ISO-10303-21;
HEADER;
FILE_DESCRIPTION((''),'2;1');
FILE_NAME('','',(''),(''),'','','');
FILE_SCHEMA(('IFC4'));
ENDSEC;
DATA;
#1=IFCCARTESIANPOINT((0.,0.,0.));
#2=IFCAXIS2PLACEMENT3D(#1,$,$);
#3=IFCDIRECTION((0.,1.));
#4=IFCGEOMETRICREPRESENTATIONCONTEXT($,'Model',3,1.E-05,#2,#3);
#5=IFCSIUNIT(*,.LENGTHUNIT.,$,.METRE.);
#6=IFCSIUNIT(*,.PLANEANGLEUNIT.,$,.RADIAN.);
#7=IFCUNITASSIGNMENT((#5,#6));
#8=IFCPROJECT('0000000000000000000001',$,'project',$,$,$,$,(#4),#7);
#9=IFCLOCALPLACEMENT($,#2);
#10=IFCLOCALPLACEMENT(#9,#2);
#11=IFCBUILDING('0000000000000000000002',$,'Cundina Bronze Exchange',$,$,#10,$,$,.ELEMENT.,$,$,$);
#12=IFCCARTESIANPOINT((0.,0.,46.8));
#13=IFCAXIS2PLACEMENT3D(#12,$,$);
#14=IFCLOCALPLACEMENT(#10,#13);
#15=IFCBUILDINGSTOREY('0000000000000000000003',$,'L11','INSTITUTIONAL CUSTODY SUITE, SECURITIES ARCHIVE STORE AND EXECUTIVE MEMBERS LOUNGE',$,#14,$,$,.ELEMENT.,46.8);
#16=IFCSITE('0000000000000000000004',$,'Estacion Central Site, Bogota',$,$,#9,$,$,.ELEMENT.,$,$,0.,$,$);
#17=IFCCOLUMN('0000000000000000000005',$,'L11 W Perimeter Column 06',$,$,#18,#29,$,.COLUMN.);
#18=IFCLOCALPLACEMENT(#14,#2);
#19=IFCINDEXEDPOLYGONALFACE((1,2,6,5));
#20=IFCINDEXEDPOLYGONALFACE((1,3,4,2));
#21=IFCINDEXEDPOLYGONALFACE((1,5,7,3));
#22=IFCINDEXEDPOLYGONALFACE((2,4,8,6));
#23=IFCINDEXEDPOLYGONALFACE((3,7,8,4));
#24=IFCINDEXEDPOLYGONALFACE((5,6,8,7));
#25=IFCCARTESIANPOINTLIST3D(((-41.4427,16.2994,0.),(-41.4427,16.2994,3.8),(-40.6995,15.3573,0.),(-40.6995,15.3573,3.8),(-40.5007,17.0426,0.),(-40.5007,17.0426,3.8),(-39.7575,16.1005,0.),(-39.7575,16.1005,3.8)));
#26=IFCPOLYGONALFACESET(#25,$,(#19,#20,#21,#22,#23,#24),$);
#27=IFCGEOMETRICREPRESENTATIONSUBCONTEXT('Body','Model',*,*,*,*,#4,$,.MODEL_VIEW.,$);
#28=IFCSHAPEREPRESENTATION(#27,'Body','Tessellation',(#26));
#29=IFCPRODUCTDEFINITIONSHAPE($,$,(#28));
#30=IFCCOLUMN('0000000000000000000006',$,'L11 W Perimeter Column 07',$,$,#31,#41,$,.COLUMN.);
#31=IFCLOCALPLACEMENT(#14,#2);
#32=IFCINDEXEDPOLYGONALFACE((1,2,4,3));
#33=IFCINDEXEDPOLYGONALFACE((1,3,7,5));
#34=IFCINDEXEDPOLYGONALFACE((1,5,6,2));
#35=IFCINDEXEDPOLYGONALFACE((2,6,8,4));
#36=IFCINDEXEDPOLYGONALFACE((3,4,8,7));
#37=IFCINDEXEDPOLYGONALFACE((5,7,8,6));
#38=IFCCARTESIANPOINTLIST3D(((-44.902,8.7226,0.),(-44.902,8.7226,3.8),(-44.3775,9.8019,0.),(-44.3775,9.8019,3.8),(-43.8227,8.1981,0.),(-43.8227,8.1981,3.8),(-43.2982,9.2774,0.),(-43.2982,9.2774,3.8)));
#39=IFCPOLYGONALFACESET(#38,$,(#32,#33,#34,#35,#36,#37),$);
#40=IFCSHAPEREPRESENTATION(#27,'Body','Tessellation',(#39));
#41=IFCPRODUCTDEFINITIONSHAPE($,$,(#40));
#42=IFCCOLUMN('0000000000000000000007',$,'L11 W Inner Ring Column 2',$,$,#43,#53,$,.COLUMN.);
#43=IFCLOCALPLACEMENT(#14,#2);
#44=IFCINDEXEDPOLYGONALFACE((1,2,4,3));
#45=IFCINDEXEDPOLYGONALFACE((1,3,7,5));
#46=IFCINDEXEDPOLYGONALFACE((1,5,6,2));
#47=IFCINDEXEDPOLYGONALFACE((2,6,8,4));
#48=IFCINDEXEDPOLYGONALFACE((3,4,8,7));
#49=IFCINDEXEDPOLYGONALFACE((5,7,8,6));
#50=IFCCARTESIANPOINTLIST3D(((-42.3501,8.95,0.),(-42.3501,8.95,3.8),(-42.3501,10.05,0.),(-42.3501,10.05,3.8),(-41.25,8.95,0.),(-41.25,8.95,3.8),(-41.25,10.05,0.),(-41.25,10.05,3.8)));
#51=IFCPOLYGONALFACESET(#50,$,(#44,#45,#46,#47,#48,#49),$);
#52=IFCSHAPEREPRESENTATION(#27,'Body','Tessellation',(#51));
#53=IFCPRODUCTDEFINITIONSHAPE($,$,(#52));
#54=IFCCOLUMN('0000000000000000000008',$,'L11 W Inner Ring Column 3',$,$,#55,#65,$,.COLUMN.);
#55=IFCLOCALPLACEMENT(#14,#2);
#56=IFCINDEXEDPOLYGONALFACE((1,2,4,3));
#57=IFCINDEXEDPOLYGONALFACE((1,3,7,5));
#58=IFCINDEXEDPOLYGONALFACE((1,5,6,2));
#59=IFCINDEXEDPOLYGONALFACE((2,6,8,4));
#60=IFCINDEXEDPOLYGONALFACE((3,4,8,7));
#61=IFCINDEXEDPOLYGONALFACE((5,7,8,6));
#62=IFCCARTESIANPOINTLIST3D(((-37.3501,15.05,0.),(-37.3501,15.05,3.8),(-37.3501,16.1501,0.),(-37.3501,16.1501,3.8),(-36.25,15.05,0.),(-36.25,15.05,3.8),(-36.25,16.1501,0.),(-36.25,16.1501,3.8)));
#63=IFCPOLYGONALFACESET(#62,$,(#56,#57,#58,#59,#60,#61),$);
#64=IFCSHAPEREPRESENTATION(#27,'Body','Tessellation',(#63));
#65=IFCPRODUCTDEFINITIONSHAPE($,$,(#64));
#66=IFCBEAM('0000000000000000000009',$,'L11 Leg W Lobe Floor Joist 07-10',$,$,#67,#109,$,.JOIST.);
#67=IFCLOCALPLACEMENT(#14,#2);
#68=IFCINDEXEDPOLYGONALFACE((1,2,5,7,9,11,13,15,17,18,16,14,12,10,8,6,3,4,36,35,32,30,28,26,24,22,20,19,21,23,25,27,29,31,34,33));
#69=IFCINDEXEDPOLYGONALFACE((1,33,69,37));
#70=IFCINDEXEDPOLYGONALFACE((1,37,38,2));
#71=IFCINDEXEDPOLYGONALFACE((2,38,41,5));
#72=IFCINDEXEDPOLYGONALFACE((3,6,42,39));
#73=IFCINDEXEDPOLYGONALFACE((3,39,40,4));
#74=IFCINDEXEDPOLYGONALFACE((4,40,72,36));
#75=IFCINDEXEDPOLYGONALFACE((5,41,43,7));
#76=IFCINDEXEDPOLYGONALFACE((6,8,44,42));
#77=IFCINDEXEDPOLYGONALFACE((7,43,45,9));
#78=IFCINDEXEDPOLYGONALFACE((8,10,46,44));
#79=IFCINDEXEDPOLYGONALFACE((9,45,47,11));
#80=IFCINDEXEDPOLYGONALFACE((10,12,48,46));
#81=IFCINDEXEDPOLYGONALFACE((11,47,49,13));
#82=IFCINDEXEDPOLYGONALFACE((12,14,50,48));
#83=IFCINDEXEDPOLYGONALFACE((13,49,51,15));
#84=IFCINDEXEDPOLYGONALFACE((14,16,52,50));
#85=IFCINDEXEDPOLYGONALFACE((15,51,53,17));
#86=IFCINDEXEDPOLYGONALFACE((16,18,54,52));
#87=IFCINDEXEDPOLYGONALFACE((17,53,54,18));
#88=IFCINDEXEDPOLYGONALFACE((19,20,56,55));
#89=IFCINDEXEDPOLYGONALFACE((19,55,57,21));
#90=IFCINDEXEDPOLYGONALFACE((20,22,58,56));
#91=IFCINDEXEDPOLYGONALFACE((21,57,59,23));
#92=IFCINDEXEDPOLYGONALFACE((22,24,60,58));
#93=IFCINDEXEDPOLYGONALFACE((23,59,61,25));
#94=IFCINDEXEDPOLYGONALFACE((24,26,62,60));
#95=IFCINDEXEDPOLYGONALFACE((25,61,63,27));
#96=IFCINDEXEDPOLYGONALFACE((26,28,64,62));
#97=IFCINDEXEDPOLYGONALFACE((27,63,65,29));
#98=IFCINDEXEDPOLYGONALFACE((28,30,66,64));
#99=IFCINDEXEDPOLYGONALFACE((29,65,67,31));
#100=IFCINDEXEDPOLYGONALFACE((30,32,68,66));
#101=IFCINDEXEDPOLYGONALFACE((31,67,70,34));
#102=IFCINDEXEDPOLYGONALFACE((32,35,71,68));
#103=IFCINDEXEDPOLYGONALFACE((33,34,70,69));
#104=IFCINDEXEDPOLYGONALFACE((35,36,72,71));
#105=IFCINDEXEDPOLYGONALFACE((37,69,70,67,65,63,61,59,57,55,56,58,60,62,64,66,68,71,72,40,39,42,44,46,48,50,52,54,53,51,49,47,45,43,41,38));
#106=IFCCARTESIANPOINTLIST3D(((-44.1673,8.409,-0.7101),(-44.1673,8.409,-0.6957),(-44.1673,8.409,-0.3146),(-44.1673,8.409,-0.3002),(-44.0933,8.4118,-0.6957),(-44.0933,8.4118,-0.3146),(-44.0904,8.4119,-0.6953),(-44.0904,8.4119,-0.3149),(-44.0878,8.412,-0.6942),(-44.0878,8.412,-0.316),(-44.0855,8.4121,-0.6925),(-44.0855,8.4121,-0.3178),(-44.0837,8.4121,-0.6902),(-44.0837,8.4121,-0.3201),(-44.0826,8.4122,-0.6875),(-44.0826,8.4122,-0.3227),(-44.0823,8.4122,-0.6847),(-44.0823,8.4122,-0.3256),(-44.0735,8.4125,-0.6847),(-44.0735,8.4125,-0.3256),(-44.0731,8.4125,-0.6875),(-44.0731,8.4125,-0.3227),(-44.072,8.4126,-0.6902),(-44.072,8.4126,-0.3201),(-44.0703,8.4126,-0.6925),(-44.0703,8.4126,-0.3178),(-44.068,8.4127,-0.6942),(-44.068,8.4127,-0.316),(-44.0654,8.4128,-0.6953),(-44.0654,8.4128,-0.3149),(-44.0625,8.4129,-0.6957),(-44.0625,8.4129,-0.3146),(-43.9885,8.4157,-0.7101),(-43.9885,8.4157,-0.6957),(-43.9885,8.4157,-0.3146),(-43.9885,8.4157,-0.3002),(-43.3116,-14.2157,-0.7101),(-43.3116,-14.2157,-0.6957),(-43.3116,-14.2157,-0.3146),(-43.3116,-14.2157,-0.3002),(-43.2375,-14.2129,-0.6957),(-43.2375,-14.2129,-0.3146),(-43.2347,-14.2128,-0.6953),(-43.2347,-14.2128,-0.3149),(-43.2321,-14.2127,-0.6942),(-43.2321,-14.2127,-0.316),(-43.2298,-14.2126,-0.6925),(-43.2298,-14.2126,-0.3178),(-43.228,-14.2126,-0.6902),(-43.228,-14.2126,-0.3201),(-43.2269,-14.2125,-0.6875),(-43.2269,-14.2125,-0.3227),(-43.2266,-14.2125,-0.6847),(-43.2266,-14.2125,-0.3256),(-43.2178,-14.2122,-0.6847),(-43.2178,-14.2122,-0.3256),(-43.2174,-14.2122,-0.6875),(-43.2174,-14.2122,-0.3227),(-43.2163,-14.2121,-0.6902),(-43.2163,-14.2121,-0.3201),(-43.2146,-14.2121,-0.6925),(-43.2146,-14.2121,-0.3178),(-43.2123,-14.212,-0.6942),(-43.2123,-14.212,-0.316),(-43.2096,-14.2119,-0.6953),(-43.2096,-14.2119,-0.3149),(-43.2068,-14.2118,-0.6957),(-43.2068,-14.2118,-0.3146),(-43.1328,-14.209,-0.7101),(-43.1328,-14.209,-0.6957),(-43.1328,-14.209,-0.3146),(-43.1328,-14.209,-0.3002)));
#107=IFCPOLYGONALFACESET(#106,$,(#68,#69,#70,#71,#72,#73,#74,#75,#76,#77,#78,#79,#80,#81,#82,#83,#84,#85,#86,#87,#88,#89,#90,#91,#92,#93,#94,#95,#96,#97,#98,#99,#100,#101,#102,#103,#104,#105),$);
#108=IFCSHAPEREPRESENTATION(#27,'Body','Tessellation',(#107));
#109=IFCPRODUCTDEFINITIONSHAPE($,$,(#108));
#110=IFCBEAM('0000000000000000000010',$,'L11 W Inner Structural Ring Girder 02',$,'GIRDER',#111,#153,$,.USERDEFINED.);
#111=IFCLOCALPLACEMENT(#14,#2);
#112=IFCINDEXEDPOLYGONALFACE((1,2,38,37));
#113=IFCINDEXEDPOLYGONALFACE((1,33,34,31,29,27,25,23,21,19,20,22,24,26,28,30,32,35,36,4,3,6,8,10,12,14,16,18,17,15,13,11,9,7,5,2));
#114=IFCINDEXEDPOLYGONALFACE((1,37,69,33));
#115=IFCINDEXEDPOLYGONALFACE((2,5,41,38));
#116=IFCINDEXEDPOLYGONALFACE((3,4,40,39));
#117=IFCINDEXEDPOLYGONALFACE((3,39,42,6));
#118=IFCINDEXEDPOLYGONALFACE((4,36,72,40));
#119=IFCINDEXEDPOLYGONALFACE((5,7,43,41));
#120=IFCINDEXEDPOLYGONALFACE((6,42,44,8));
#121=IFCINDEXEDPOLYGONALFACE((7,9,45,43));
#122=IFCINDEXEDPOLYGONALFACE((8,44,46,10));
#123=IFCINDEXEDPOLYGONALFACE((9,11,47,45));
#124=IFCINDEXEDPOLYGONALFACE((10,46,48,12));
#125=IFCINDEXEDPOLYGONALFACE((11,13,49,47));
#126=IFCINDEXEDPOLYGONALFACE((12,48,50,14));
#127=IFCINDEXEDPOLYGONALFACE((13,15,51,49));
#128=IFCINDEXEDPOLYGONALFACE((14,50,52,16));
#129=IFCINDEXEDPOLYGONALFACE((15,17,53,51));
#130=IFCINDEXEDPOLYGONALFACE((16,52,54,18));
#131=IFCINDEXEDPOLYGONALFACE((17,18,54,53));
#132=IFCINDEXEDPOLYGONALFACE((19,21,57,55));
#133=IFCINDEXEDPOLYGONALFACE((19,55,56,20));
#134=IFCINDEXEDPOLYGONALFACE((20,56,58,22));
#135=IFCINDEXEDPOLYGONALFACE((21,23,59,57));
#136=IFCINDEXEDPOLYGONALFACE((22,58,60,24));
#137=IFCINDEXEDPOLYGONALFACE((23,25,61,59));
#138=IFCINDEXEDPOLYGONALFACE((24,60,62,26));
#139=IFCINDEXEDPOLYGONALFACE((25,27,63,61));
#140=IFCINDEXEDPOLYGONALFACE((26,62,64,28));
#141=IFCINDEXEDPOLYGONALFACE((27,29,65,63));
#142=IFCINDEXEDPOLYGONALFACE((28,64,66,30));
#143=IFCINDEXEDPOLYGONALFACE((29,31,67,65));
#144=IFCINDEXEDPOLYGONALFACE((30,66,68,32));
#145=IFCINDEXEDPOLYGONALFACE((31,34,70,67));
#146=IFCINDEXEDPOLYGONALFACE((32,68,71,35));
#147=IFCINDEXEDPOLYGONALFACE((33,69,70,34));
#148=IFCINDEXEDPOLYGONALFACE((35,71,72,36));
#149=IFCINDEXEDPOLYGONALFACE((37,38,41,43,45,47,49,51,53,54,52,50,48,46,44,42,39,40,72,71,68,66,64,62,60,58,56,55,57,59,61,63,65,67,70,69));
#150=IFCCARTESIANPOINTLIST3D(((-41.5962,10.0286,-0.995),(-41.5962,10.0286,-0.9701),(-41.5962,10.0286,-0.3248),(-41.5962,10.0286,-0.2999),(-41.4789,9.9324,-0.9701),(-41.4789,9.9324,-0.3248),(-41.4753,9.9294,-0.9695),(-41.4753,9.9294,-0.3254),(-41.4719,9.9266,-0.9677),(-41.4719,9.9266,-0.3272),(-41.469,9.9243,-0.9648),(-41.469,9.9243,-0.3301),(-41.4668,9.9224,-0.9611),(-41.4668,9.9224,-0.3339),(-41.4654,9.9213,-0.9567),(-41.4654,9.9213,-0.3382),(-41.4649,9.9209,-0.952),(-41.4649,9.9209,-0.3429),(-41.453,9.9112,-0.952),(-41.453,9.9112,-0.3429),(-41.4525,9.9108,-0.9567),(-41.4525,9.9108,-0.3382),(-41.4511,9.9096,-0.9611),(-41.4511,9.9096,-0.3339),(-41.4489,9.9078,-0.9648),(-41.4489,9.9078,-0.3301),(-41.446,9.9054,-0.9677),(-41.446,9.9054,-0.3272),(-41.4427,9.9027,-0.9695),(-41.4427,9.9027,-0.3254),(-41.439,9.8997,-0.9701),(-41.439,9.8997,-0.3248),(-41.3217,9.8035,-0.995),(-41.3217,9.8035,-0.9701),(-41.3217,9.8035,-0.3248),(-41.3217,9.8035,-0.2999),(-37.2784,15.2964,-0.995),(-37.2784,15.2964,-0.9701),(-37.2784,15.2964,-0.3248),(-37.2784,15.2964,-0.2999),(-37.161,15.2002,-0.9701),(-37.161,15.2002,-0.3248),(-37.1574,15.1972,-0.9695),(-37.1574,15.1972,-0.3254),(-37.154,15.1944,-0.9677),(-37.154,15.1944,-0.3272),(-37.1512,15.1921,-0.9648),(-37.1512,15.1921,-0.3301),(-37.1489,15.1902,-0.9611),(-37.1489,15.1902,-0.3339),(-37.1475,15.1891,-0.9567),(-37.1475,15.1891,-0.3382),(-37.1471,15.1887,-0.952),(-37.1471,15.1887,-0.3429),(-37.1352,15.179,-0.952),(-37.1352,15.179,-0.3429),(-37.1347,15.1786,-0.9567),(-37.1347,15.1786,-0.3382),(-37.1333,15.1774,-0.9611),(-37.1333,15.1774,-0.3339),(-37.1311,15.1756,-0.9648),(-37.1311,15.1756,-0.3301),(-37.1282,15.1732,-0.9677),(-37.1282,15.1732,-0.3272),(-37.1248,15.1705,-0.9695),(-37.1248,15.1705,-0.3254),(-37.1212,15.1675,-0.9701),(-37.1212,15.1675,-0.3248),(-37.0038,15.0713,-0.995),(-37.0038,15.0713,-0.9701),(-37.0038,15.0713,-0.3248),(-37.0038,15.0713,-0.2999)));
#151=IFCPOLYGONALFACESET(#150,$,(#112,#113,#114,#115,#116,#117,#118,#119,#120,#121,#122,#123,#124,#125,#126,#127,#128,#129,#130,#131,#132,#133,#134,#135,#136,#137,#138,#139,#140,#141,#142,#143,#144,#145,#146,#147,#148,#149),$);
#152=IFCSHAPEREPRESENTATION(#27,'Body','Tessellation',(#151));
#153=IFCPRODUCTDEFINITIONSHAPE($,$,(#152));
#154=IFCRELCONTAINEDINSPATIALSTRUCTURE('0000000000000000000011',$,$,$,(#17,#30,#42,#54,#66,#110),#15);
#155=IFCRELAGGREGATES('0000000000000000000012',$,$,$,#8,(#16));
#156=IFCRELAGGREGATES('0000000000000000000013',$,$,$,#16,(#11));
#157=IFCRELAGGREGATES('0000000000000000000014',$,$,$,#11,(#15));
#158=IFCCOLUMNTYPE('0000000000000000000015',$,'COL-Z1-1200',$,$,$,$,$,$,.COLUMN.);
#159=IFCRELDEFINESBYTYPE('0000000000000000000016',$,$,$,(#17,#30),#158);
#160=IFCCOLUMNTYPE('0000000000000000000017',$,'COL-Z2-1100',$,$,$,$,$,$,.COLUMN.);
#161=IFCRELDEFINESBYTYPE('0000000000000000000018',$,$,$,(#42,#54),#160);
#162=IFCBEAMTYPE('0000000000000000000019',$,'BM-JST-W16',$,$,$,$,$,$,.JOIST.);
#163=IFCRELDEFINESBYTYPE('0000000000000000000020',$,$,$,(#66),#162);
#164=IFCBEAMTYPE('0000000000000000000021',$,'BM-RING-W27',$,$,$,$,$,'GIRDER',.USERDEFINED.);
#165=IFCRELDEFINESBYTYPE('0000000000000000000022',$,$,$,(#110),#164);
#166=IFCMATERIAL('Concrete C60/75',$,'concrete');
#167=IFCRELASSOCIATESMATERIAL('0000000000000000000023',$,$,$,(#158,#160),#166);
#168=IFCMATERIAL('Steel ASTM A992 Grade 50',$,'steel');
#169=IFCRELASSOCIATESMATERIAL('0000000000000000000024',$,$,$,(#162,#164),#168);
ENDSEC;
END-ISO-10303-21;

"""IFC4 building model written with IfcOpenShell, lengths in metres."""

from ifc_helpers import new_model, si_unit, direction, frame, origin, origin_2d, place, context, subcontext, project, spatial, rectangle, i_section, extrude, material, material_profile, profile_set, type_object, element, save


model = new_model("IFC4")

# Units and contexts
model_context = context("Model", 3, precision=1e-05, world=origin(), true_north=direction((0.0, 1.0)))
body_context = subcontext(model_context, "Body", "Model", "MODEL_VIEW")
ifc_project = project(units=[si_unit("LENGTHUNIT", "METRE"), si_unit("PLANEANGLEUNIT", "RADIAN")], contexts=[model_context])

# Site, building, storey
site_placement = place(None, origin())
site = spatial("IfcSite", under=ifc_project, at=site_placement, Name="Estacion Central Site, Bogota", CompositionType="ELEMENT", RefElevation=0.0)
building_placement = place(site_placement, origin())
building = spatial("IfcBuilding", under=site, at=building_placement, Name="Cundina Bronze Exchange", CompositionType="ELEMENT")
storey_placement = place(building_placement, frame((0.0, 0.0, 46.8)))
storey = spatial("IfcBuildingStorey", under=building, at=storey_placement, Name="L11", Description="INSTITUTIONAL CUSTODY SUITE, SECURITIES ARCHIVE STORE AND EXECUTIVE MEMBERS LOUNGE", CompositionType="ELEMENT", Elevation=46.8)

# Columns
ifc_material_1 = material(Name="Concrete C60/75", Category="concrete")
ifc_material_profile_1 = material_profile(ifc_material_1, rectangle(XDim=1.2, YDim=1.2, at=origin_2d()), Name="RC1200X1200", Category="concrete")
ifc_profile_set_1 = profile_set([ifc_material_profile_1], Name="Concrete C60/75")
column_type_1 = type_object("IfcColumnType", Name="COL-Z1-1200", PredefinedType="COLUMN", material=ifc_profile_set_1)
for number, where, z_axis, x_axis, name in (
    (1, (-40.6001, 16.2, 0.0), (0.0, 0.0, 1.0), (-0.785101, -0.619368, 0.0), "L11 W Perimeter Column 06"),
    (2, (-44.1001, 9.0, 0.0), (0.0, 0.0, 1.0), (-0.437116, -0.899405, 0.0), "L11 W Perimeter Column 07"),
):
    element("IfcColumn", number, at=place(storey_placement, frame(where, z_axis=z_axis, x_axis=x_axis)), inside=storey, type_object=column_type_1, Name=name, PredefinedType="COLUMN", context=body_context, shape_type="SweptSolid", body=[
        extrude(rectangle(XDim=1.2, YDim=1.2, at=origin_2d()), origin(), (0.0, 0.0, 1.0), 3.8),
    ])
ifc_material_profile_2 = material_profile(ifc_material_1, rectangle(XDim=1.1001, YDim=1.1001, at=origin_2d()), Name="RC1100X1100", Category="concrete")
ifc_profile_set_2 = profile_set([ifc_material_profile_2], Name="Concrete C60/75")
column_type_2 = type_object("IfcColumnType", Name="COL-Z2-1100", PredefinedType="COLUMN", material=ifc_profile_set_2)
for number, where, z_axis, x_axis, name in (
    (3, (-41.8, 9.5, 0.0), (0.0, 0.0, 1.0), (1.0, 0.0, 0.0), "L11 W Inner Ring Column 2"),
    (4, (-36.8, 15.6001, 0.0), (0.0, 0.0, 1.0), (1.0, 0.0, 0.0), "L11 W Inner Ring Column 3"),
):
    element("IfcColumn", number, at=place(storey_placement, frame(where, z_axis=z_axis, x_axis=x_axis)), inside=storey, type_object=column_type_2, Name=name, PredefinedType="COLUMN", context=body_context, shape_type="SweptSolid", body=[
        extrude(rectangle(XDim=1.1001, YDim=1.1001, at=origin_2d()), origin(), (0.0, 0.0, 1.0), 3.8),
    ])

# Beams
ifc_material_2 = material(Name="Steel ASTM A992 Grade 50", Category="steel")
ifc_material_profile_3 = material_profile(ifc_material_2, i_section(OverallWidth=0.179, OverallDepth=0.4099, WebThickness=0.0088, FlangeThickness=0.0144, FilletRadius=0.011, at=origin_2d()), Name="W16X45", Category="steel")
ifc_profile_set_3 = profile_set([ifc_material_profile_3], Name="Steel ASTM A992 Grade 50")
beam_type_1 = type_object("IfcBeamType", Name="BM-JST-W16", PredefinedType="JOIST", material=ifc_profile_set_3)
beam_1_placement = place(storey_placement, frame((-44.0779, 8.4124, -0.5051), z_axis=(0.037795, -0.999286, 0.0), x_axis=(0.999286, 0.037795, 0.0)))
element("IfcBeam", 5, at=beam_1_placement, inside=storey, type_object=beam_type_1, Name="L11 Leg W Lobe Floor Joist 07-10", PredefinedType="JOIST", context=body_context, shape_type="SweptSolid", body=[
    extrude(i_section(OverallWidth=0.179, OverallDepth=0.4099, WebThickness=0.0088, FlangeThickness=0.0144, FilletRadius=0.011, at=origin_2d()), origin(), (0.0, 0.0, 1.0), 22.6409),
])
ifc_material_profile_4 = material_profile(ifc_material_2, i_section(OverallWidth=0.355, OverallDepth=0.6951, WebThickness=0.0154, FlangeThickness=0.0249, FilletRadius=0.0181, at=origin_2d()), Name="W27X146", Category="steel")
ifc_profile_set_4 = profile_set([ifc_material_profile_4], Name="Steel ASTM A992 Grade 50")
beam_type_2 = type_object("IfcBeamType", Name="BM-RING-W27", ElementType="GIRDER", PredefinedType="USERDEFINED", material=ifc_profile_set_4)
beam_2_placement = place(storey_placement, frame((-37.1411, 15.1838, -0.6475), z_axis=(-0.633927, -0.773393, 0.0), x_axis=(0.773393, -0.633927, 0.0)))
element("IfcBeam", 6, at=beam_2_placement, inside=storey, type_object=beam_type_2, Name="L11 W Inner Structural Ring Girder 02", ObjectType="GIRDER", PredefinedType="USERDEFINED", context=body_context, shape_type="SweptSolid", body=[
    extrude(i_section(OverallWidth=0.355, OverallDepth=0.6951, WebThickness=0.0154, FlangeThickness=0.0249, FilletRadius=0.0181, at=origin_2d()), origin(), (0.0, 0.0, 1.0), 6.8113),
])

save(model, "model.ifc")
